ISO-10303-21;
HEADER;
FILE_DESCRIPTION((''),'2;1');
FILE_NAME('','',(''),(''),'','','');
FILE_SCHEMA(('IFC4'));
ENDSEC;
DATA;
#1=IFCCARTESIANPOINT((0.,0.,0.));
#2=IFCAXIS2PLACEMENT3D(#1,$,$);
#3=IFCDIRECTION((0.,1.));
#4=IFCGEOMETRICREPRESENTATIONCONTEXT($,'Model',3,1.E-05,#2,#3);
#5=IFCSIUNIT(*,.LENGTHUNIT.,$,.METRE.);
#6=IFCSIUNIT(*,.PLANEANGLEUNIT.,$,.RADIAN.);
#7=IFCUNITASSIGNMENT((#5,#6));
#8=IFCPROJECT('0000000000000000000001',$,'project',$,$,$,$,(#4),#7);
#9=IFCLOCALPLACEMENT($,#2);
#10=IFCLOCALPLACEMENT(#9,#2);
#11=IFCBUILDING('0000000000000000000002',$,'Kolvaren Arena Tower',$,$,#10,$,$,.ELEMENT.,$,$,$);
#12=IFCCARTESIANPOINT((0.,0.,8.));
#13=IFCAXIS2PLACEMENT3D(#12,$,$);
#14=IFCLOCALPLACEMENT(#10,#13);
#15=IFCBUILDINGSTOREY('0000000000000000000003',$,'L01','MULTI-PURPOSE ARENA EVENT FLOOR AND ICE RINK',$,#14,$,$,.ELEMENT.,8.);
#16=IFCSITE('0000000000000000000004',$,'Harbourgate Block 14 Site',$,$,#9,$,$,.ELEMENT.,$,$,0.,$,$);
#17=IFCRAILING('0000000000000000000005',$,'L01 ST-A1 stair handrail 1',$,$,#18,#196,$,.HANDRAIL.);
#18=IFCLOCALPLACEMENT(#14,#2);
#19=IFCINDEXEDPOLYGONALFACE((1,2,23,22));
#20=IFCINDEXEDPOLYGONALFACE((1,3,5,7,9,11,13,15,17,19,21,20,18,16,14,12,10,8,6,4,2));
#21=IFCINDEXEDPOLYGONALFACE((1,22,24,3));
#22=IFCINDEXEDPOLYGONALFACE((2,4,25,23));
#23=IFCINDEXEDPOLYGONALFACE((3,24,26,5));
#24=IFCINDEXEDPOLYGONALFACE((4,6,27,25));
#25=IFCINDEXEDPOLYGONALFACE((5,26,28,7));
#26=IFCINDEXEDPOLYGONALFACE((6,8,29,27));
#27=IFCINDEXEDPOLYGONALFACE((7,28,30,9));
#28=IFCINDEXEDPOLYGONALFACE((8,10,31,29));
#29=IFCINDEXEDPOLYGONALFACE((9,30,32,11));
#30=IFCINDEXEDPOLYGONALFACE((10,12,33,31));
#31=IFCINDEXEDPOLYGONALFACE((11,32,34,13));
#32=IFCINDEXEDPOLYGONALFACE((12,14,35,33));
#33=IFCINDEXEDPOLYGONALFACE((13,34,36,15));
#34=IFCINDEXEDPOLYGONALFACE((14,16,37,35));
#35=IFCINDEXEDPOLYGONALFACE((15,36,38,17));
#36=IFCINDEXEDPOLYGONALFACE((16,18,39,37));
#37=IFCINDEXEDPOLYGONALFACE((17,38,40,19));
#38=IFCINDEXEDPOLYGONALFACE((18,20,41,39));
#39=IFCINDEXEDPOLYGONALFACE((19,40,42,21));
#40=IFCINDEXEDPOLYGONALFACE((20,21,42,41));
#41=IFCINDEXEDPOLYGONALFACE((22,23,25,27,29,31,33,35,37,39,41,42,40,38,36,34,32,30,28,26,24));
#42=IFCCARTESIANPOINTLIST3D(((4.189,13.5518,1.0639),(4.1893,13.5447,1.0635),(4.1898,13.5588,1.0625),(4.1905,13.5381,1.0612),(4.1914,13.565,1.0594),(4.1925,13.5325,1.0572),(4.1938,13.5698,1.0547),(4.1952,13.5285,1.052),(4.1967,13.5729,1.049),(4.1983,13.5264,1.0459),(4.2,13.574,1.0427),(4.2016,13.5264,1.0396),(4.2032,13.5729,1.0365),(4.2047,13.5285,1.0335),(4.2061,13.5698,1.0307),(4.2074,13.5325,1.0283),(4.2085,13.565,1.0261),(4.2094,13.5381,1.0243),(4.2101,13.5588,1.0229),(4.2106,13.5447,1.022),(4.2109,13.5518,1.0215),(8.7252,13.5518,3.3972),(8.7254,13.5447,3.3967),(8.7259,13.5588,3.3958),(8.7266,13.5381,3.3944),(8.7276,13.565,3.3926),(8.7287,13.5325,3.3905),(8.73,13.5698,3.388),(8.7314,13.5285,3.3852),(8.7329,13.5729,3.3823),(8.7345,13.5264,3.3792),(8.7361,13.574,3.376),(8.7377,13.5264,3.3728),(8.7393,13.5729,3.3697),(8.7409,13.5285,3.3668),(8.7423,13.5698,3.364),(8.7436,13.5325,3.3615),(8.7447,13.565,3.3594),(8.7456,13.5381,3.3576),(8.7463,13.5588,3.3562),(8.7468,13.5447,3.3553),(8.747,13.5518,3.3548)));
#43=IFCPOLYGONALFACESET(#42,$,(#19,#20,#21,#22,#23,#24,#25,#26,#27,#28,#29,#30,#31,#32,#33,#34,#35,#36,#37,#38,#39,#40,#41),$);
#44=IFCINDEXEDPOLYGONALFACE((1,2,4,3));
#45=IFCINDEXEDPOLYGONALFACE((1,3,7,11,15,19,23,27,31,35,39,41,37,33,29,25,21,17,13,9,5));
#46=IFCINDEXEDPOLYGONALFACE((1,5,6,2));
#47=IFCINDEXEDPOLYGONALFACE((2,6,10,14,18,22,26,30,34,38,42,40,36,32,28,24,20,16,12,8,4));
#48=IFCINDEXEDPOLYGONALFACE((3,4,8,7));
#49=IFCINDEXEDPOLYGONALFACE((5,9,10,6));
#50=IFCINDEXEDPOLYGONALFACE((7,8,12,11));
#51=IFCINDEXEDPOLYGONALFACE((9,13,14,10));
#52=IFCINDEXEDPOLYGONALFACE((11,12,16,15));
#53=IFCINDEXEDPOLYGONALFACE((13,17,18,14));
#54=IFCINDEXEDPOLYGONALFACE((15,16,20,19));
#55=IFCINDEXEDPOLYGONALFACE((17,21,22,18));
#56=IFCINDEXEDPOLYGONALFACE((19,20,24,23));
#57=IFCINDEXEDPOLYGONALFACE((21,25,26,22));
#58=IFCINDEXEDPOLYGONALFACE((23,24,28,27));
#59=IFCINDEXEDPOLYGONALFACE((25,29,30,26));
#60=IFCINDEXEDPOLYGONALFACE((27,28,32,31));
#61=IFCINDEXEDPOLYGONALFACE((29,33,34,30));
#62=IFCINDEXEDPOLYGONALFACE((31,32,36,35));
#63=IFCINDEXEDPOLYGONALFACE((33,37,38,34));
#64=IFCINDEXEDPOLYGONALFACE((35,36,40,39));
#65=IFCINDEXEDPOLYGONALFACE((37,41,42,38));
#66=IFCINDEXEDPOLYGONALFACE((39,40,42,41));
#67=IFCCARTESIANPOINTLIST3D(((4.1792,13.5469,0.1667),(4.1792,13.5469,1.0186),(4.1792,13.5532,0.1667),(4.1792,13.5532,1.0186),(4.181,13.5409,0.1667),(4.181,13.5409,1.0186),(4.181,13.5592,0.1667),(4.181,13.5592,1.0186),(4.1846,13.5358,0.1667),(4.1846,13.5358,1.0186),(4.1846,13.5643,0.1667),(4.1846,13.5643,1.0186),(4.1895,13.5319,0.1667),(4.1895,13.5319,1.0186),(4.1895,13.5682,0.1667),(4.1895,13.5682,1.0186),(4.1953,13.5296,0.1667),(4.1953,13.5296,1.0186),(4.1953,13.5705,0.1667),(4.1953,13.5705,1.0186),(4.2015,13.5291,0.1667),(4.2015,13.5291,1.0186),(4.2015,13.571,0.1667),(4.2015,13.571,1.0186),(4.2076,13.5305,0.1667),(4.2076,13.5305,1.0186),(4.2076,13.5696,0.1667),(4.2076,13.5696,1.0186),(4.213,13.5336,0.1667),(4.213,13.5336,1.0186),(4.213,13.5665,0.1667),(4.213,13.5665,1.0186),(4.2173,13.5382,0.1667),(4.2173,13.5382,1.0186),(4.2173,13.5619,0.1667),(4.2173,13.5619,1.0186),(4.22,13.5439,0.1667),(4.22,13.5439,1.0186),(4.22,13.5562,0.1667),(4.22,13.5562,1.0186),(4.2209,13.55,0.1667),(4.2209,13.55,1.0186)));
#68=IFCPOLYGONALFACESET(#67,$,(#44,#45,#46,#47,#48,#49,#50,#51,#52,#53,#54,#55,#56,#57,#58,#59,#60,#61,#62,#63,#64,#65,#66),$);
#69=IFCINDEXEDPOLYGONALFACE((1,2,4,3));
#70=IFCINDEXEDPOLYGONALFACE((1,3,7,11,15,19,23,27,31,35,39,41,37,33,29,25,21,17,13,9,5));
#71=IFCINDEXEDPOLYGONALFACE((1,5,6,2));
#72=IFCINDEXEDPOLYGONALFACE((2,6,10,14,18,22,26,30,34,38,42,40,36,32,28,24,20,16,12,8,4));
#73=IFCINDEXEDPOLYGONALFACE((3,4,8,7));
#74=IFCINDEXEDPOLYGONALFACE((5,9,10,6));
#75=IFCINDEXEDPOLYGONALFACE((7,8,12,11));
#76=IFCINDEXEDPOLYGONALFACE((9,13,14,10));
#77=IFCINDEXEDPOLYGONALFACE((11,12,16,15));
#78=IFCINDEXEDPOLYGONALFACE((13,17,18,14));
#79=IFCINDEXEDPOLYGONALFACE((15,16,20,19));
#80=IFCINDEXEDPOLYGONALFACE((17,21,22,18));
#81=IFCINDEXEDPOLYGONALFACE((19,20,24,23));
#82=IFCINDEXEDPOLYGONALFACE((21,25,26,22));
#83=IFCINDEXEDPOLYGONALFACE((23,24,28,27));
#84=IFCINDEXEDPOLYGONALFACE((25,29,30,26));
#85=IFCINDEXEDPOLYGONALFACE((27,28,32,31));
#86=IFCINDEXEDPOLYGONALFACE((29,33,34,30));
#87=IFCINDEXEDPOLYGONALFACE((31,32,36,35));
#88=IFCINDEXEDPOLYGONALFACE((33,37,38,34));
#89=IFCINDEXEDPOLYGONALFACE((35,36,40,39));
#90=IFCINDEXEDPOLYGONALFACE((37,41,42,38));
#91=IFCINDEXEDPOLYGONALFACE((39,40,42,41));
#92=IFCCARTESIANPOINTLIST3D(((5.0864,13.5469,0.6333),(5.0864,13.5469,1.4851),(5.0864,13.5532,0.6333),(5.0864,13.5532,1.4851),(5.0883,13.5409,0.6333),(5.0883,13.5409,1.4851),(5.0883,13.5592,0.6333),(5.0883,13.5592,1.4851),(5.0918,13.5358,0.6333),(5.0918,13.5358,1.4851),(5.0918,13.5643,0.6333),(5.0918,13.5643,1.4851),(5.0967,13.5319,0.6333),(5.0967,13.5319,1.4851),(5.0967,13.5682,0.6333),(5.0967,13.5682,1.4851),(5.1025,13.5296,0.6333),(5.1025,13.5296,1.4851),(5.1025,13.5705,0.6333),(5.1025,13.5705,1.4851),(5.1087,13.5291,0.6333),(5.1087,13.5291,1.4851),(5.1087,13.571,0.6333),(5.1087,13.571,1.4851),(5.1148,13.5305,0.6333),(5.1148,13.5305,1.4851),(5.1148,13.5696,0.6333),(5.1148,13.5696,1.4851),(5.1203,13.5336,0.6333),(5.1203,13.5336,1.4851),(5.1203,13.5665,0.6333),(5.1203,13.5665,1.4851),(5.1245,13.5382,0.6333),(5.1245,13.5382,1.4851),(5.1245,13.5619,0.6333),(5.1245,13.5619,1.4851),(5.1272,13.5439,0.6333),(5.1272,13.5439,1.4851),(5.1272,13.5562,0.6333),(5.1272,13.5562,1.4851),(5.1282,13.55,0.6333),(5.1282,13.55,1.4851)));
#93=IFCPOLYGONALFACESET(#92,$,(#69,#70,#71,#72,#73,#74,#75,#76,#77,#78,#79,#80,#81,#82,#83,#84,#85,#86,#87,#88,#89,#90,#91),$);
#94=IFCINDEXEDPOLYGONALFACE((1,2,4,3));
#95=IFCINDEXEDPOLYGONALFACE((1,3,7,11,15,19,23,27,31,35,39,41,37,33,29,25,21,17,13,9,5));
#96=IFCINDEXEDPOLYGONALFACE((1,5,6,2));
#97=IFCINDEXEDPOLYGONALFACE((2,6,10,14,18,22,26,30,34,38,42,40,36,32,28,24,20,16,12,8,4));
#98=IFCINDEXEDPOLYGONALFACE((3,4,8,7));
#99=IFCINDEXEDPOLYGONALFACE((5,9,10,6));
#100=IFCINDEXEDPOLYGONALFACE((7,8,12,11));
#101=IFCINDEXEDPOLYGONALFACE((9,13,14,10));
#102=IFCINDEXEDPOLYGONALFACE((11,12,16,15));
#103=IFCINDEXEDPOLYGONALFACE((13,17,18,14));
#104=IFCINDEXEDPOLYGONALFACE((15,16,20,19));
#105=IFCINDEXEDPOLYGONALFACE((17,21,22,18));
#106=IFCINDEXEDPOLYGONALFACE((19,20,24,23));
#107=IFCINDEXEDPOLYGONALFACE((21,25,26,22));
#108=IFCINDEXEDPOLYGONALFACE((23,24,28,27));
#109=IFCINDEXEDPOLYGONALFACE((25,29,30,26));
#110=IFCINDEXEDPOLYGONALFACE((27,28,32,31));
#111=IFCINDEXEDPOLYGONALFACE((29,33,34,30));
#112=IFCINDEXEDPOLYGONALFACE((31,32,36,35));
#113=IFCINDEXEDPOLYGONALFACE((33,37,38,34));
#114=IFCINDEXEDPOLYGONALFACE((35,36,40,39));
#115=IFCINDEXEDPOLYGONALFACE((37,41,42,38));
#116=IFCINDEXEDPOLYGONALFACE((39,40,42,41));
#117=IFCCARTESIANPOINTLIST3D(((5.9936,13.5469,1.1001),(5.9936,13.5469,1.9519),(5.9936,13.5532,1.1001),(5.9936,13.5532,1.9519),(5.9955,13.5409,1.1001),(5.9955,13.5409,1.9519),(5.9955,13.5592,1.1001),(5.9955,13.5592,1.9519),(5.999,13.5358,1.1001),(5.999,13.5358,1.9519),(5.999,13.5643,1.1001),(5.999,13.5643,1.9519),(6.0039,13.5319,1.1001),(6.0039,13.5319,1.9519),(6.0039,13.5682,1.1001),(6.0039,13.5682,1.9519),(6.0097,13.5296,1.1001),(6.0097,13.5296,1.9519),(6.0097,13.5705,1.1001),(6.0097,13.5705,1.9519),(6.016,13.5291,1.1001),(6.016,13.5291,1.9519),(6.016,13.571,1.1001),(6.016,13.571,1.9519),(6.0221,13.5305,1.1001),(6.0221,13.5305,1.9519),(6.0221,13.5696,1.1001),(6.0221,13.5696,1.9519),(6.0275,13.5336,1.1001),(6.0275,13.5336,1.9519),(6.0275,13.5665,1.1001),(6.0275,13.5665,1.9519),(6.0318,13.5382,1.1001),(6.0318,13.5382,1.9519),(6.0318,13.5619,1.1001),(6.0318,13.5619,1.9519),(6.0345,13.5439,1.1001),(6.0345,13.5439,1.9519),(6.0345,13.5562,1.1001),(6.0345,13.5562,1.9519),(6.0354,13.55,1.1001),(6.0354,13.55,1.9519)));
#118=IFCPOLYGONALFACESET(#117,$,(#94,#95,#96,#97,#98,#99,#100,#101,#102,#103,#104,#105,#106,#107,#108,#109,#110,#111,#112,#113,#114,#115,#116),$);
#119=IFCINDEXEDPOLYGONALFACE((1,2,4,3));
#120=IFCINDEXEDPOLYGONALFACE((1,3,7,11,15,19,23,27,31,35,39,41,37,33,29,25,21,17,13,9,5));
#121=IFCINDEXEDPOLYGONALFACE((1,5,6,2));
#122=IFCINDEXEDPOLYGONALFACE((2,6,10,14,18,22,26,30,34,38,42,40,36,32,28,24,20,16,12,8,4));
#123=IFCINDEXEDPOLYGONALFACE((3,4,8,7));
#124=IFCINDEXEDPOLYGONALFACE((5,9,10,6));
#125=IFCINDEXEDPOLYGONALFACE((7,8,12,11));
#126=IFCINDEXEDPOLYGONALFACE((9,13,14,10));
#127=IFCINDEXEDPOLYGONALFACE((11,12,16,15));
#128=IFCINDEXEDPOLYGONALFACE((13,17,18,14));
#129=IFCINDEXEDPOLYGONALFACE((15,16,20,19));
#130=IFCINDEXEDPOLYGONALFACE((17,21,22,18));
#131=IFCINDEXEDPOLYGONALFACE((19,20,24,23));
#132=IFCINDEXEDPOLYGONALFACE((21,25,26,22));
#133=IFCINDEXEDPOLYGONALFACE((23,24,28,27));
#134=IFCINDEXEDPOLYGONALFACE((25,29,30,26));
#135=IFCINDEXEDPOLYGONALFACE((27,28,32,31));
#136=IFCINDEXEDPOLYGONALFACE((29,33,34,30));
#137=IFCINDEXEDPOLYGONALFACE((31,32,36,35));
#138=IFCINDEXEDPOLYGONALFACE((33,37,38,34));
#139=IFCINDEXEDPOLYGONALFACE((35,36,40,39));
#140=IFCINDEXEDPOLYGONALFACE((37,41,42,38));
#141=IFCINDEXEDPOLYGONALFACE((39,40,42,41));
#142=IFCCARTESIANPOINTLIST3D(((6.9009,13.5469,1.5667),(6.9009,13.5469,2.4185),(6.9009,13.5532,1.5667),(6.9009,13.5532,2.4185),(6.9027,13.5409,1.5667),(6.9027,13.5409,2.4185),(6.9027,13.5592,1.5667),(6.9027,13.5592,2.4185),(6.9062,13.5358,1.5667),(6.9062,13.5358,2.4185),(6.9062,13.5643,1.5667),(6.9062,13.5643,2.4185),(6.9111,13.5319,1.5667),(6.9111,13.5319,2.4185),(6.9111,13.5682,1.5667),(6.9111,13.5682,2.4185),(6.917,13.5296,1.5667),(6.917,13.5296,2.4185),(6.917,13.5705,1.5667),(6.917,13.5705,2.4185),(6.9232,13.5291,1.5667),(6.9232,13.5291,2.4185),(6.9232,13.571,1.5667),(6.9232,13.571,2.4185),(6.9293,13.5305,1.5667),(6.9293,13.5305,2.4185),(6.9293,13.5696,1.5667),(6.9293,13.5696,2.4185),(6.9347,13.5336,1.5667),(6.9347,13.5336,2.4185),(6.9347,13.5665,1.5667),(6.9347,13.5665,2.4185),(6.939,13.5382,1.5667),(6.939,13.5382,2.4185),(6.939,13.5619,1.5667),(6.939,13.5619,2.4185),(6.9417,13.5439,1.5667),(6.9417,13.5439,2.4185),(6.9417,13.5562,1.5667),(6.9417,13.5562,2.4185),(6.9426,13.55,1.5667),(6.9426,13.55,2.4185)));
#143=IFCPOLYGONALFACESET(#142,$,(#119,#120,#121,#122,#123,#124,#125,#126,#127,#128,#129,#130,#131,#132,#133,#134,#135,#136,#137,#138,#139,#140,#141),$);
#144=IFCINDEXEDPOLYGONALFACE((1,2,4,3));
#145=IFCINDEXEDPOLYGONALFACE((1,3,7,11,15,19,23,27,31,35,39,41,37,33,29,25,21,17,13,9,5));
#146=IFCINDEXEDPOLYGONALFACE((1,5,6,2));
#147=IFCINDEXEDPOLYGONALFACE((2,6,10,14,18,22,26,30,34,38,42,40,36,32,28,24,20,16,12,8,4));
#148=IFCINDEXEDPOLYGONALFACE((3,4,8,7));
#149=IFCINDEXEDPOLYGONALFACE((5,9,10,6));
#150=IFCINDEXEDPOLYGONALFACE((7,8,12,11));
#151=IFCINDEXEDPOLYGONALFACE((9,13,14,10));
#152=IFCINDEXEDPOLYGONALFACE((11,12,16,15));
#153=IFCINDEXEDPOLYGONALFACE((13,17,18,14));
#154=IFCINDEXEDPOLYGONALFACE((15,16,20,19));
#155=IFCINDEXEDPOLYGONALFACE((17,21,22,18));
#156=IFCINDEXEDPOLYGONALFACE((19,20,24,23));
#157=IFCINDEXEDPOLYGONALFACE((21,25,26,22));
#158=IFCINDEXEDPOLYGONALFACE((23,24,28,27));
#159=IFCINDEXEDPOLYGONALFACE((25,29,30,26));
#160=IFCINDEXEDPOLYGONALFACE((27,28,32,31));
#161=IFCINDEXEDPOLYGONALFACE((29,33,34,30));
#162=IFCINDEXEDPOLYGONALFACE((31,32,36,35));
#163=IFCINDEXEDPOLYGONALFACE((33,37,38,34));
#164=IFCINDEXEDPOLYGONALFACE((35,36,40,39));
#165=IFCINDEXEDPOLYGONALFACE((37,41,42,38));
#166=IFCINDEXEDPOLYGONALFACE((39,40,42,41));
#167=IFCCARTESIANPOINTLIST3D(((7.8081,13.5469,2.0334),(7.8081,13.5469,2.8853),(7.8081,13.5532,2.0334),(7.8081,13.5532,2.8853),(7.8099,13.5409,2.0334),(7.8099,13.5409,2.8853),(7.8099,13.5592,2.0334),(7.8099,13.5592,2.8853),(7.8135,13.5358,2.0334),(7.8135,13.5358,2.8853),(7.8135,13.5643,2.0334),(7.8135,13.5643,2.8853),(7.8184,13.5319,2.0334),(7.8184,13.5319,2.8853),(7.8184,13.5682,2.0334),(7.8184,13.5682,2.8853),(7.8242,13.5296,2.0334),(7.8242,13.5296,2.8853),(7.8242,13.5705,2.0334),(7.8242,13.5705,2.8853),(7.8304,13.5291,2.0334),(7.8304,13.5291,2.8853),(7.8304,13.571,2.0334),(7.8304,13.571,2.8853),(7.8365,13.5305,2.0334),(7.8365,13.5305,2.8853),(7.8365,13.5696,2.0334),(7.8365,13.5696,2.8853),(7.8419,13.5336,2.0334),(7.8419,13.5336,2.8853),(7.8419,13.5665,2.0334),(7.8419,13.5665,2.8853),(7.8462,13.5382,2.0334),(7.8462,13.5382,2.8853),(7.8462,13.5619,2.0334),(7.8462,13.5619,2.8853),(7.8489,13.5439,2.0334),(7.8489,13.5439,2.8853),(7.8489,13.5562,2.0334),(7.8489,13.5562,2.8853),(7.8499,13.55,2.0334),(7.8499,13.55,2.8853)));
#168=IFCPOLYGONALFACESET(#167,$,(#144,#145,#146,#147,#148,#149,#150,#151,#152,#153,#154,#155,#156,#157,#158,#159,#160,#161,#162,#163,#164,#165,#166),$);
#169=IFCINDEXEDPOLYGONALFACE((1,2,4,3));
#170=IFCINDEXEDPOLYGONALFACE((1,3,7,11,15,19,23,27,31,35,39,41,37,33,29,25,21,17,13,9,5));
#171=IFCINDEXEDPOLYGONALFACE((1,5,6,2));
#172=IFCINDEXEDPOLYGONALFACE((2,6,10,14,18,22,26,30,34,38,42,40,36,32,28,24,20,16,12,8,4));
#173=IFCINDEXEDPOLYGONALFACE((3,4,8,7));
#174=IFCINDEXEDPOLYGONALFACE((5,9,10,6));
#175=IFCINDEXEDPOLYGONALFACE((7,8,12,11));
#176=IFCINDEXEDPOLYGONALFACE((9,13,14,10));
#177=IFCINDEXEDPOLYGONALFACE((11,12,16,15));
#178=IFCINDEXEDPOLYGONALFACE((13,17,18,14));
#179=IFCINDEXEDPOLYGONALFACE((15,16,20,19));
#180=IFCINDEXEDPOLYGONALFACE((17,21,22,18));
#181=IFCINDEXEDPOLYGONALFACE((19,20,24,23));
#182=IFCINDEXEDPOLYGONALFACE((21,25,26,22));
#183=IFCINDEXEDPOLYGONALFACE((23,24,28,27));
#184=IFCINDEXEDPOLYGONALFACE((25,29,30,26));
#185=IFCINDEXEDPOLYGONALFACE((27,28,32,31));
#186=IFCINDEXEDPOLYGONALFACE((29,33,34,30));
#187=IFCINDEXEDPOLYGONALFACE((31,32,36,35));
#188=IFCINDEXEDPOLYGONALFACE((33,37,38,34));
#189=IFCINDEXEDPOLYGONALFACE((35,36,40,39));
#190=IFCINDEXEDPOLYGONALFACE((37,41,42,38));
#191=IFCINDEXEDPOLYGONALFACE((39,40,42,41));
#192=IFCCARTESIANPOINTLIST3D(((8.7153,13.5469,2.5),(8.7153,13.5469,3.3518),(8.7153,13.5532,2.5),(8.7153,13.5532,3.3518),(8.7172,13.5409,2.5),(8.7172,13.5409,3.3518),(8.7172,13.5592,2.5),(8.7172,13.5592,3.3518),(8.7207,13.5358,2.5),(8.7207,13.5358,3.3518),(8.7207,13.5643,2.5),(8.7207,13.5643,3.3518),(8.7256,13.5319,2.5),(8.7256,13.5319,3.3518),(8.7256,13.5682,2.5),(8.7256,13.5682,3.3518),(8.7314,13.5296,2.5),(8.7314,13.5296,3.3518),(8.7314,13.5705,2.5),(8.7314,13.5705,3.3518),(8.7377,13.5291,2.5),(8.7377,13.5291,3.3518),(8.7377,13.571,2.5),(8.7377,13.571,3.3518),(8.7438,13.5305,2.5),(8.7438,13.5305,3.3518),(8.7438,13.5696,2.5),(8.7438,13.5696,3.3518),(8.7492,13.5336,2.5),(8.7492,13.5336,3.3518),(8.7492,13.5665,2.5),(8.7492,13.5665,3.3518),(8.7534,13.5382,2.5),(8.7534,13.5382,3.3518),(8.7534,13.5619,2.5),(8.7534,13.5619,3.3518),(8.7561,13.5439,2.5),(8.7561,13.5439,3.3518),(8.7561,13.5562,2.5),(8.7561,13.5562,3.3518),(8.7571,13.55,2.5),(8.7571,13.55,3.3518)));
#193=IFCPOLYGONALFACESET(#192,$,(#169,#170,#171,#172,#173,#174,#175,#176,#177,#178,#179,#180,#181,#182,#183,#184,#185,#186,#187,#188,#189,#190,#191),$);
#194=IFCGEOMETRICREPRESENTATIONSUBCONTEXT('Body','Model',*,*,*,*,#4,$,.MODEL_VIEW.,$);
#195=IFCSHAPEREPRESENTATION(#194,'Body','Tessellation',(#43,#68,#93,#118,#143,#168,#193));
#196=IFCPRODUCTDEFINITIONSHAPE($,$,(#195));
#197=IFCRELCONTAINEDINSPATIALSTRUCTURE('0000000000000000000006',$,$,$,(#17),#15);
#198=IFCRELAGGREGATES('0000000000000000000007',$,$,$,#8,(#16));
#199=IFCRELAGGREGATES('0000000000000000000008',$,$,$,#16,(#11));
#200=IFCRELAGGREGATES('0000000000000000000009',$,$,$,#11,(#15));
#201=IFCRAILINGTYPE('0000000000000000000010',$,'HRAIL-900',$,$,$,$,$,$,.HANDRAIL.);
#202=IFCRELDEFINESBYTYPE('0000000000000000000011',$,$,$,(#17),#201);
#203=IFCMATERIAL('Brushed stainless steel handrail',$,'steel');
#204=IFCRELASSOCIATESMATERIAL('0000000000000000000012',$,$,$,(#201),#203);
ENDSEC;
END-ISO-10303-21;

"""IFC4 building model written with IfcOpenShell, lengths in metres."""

from ifc_helpers import new_model, si_unit, direction, frame, origin, origin_2d, place, context, subcontext, project, spatial, circle, extrude, material, type_object, element, save


model = new_model("IFC4")

# Units and contexts
model_context = context("Model", 3, precision=1e-05, world=origin(), true_north=direction((0.0, 1.0)))
body_context = subcontext(model_context, "Body", "Model", "MODEL_VIEW")
ifc_project = project(units=[si_unit("LENGTHUNIT", "METRE"), si_unit("PLANEANGLEUNIT", "RADIAN")], contexts=[model_context])

# Site, building, storey
site_placement = place(None, origin())
site = spatial("IfcSite", under=ifc_project, at=site_placement, Name="Harbourgate Block 14 Site", CompositionType="ELEMENT", RefElevation=0.0)
building_placement = place(site_placement, origin())
building = spatial("IfcBuilding", under=site, at=building_placement, Name="Kolvaren Arena Tower", CompositionType="ELEMENT")
storey_placement = place(building_placement, frame((0.0, 0.0, 8.0)))
storey = spatial("IfcBuildingStorey", under=building, at=storey_placement, Name="L01", Description="MULTI-PURPOSE ARENA EVENT FLOOR AND ICE RINK", CompositionType="ELEMENT", Elevation=8.0)

# Railing
ifc_material_1 = material(Name="Brushed stainless steel handrail", Category="steel")
railing_type_1 = type_object("IfcRailingType", Name="HRAIL-900", PredefinedType="HANDRAIL", material=ifc_material_1)
railing_1_placement = place(storey_placement, frame((4.2, 13.55, 0.1667)))
element("IfcRailing", 1, at=railing_1_placement, inside=storey, type_object=railing_type_1, Name="L01 ST-A1 stair handrail 1", PredefinedType="HANDRAIL", context=body_context, shape_type="SweptSolid", body=[
    extrude(circle(Radius=0.0239, at=origin_2d()), frame((0.0, 0.0, 0.876), z_axis=(0.889257, 0.0, 0.457407), x_axis=(0.0, 1.0, 0.0)), (0.0, 0.0, 1.0), 5.1011),
    extrude(circle(Radius=0.021, at=origin_2d()), origin(), (0.0, 0.0, 1.0), 0.8518),
    extrude(circle(Radius=0.021, at=origin_2d()), frame((0.9072, 0.0, 0.4666)), (0.0, 0.0, 1.0), 0.8518),
    extrude(circle(Radius=0.021, at=origin_2d()), frame((1.8145, 0.0, 0.9333)), (0.0, 0.0, 1.0), 0.8518),
    extrude(circle(Radius=0.021, at=origin_2d()), frame((2.7217, 0.0, 1.3999)), (0.0, 0.0, 1.0), 0.8518),
    extrude(circle(Radius=0.021, at=origin_2d()), frame((3.6289, 0.0, 1.8667)), (0.0, 0.0, 1.0), 0.8518),
    extrude(circle(Radius=0.021, at=origin_2d()), frame((4.5361, 0.0, 2.3333)), (0.0, 0.0, 1.0), 0.8518),
])

save(model, "model.ifc")
